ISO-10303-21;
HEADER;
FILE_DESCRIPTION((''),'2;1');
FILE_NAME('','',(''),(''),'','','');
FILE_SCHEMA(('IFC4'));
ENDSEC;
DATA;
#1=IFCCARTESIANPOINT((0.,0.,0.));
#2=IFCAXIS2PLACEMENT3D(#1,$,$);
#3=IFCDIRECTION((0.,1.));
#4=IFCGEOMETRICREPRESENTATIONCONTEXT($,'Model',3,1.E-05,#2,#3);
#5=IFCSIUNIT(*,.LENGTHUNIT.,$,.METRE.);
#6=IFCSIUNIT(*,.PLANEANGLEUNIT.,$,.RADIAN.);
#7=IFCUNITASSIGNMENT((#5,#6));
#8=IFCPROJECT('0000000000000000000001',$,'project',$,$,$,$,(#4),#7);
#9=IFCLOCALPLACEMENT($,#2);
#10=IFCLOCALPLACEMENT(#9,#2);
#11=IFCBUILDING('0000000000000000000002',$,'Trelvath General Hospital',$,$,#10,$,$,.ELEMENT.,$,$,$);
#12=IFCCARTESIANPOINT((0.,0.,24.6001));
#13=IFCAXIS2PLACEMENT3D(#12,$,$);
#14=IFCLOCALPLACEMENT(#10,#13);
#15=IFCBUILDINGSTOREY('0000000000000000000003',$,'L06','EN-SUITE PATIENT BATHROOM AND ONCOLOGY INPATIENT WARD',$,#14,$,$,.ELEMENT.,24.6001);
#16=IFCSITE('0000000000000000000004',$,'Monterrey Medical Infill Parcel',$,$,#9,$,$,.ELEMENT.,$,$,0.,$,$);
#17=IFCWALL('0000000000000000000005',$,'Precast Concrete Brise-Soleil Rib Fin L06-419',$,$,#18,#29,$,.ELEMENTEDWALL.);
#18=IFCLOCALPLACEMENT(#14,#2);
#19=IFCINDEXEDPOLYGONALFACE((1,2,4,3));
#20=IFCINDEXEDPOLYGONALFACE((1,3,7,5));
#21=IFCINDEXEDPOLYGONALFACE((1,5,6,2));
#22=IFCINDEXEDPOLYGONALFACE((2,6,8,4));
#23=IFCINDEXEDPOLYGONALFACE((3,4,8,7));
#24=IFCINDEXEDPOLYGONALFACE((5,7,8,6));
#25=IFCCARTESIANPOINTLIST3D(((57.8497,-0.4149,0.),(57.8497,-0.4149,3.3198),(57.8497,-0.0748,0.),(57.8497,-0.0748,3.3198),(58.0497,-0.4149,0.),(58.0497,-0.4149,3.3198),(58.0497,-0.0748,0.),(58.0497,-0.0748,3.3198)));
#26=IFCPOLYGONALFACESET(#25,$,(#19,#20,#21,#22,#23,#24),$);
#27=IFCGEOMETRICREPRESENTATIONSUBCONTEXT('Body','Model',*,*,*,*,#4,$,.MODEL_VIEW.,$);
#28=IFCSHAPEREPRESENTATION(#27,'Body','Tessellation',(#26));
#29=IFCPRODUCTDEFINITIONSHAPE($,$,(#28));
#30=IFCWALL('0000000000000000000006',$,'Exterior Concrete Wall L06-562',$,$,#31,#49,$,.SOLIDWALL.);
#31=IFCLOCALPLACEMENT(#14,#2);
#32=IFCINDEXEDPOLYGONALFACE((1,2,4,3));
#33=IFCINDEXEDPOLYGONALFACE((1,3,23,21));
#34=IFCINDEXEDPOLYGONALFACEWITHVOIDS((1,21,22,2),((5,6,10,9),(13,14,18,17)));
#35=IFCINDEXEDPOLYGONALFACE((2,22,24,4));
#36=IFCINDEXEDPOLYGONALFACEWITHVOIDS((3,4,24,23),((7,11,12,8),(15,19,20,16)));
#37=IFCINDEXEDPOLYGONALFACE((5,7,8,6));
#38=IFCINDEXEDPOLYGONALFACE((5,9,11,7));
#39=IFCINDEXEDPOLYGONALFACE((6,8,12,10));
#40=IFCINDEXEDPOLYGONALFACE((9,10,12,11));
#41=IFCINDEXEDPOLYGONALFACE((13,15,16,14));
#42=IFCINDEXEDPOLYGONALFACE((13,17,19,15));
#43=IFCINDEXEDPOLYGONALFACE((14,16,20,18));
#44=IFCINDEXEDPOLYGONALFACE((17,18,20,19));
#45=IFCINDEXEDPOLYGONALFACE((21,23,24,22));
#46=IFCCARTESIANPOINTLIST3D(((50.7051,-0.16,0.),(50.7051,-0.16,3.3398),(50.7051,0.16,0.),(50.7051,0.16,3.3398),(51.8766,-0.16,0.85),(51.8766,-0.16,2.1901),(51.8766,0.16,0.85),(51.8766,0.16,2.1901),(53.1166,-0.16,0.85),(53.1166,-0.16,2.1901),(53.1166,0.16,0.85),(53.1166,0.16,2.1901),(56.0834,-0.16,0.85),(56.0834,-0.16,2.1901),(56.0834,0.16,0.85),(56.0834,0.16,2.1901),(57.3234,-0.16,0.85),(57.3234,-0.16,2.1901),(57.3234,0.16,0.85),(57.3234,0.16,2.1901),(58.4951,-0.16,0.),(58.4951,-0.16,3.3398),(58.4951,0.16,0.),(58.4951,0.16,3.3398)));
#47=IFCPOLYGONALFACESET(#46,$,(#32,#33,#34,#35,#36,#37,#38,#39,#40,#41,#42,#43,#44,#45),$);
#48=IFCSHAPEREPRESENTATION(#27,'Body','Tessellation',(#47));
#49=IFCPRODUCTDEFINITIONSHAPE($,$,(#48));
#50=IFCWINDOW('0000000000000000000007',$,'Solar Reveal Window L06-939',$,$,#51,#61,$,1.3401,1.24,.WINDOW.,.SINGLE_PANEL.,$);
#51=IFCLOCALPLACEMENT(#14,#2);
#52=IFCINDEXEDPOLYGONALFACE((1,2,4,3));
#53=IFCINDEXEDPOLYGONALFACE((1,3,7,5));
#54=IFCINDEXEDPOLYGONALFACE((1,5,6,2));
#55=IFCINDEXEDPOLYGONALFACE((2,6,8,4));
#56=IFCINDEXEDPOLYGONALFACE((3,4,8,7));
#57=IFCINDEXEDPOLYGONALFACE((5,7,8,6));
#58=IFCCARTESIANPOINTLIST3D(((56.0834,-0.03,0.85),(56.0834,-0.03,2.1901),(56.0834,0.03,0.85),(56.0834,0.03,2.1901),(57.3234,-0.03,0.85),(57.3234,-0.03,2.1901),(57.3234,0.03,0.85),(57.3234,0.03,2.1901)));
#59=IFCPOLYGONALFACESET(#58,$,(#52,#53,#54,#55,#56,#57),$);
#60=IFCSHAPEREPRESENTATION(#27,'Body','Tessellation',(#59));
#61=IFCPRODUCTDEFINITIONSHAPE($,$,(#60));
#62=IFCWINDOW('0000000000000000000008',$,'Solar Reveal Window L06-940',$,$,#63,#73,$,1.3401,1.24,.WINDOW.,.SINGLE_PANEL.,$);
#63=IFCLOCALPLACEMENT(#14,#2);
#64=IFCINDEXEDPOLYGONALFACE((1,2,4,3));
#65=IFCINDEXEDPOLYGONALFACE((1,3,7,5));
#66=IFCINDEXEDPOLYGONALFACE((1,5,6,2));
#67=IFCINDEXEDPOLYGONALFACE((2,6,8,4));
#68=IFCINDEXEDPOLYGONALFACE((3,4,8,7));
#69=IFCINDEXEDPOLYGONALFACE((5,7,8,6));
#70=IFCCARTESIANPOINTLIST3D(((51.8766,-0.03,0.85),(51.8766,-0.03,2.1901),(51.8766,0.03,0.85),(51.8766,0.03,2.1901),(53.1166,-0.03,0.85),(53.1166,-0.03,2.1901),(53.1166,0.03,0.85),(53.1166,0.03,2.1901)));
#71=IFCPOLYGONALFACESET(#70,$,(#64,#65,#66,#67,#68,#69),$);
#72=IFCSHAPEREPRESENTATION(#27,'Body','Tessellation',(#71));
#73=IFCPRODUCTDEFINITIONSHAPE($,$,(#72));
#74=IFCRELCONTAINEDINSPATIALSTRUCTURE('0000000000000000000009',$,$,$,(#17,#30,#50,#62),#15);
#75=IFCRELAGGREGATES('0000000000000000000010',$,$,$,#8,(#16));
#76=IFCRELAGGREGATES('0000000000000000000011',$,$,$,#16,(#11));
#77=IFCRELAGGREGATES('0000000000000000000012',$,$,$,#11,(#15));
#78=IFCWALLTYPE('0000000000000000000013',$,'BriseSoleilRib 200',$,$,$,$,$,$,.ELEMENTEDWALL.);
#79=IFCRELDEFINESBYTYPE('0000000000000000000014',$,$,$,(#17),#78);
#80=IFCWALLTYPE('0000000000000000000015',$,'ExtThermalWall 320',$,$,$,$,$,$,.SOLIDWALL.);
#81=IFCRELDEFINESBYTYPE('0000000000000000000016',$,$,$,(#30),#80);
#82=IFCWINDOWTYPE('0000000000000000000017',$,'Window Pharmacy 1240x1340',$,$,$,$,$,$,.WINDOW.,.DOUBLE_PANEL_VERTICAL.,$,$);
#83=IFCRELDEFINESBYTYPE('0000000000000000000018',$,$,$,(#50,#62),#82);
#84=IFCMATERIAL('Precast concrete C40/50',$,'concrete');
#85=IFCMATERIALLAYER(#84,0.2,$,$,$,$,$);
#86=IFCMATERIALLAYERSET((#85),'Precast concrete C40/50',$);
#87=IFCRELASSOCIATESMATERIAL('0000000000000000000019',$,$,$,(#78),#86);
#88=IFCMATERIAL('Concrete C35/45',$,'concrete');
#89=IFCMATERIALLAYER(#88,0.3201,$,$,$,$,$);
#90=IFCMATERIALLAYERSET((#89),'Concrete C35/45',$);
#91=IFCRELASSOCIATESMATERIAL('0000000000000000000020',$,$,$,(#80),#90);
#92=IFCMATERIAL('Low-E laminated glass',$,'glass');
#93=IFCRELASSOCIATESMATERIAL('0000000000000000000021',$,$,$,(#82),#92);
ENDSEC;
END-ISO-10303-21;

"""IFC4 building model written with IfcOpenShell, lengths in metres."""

from ifc_helpers import new_model, si_unit, direction, frame, frame_2d, origin, place, context, subcontext, project, spatial, rectangle, extrude, material, layer, layer_set, type_object, element, fill, save


model = new_model("IFC4")

# Units and contexts
model_context = context("Model", 3, precision=1e-05, world=origin(), true_north=direction((0.0, 1.0)))
body_context = subcontext(model_context, "Body", "Model", "MODEL_VIEW")
ifc_project = project(units=[si_unit("LENGTHUNIT", "METRE"), si_unit("PLANEANGLEUNIT", "RADIAN")], contexts=[model_context])

# Site, building, storey
site_placement = place(None, origin())
site = spatial("IfcSite", under=ifc_project, at=site_placement, Name="Monterrey Medical Infill Parcel", CompositionType="ELEMENT", RefElevation=0.0)
building_placement = place(site_placement, origin())
building = spatial("IfcBuilding", under=site, at=building_placement, Name="Trelvath General Hospital", CompositionType="ELEMENT")
storey_placement = place(building_placement, frame((0.0, 0.0, 24.6001)))
storey = spatial("IfcBuildingStorey", under=building, at=storey_placement, Name="L06", Description="EN-SUITE PATIENT BATHROOM AND ONCOLOGY INPATIENT WARD", CompositionType="ELEMENT", Elevation=24.6001)

# Wall
ifc_material_1 = material(Name="Precast concrete C40/50", Category="concrete")
ifc_layer_1 = layer(ifc_material_1, 0.2)
ifc_layer_set_1 = layer_set([ifc_layer_1], Name="Precast concrete C40/50")
wall_type_1 = type_object("IfcWallType", Name="BriseSoleilRib 200", PredefinedType="ELEMENTEDWALL", material=ifc_layer_set_1)
wall_1_placement = place(storey_placement, frame((57.9497, -0.075, 0.0), z_axis=(0.0, 0.0, 1.0), x_axis=(0.0, -1.0, 0.0)))
element("IfcWall", 1, at=wall_1_placement, inside=storey, type_object=wall_type_1, Name="Precast Concrete Brise-Soleil Rib Fin L06-419", PredefinedType="ELEMENTEDWALL", context=body_context, shape_type="SweptSolid", body=[
    extrude(rectangle(XDim=0.3401, YDim=0.2, at=frame_2d((0.1699, 0.0))), origin(), (0.0, 0.0, 1.0), 3.3198),
])

# Wall, openings, windows
ifc_material_2 = material(Name="Concrete C35/45", Category="concrete")
ifc_layer_2 = layer(ifc_material_2, 0.3201)
ifc_layer_set_2 = layer_set([ifc_layer_2], Name="Concrete C35/45")
wall_type_2 = type_object("IfcWallType", Name="ExtThermalWall 320", PredefinedType="SOLIDWALL", material=ifc_layer_set_2)
wall_2_placement = place(storey_placement, frame((58.4951, 0.0, 0.0), z_axis=(0.0, 0.0, 1.0), x_axis=(-1.0, 0.0, 0.0)))
wall_2 = element("IfcWall", 2, at=wall_2_placement, inside=storey, type_object=wall_type_2, Name="Exterior Concrete Wall L06-562", PredefinedType="SOLIDWALL", context=body_context, shape_type="SweptSolid", body=[
    extrude(rectangle(XDim=7.79, YDim=0.3201, at=frame_2d((3.895, 0.0))), origin(), (0.0, 0.0, 1.0), 3.3398),
])
opening_1_placement = place(wall_2_placement, frame((1.1716, 0.0, 0.8501)))
opening_1 = element("IfcOpeningElement", 3, at=opening_1_placement, cuts=wall_2, PredefinedType="OPENING", context=body_context, shape_type="SweptSolid", body=[
    extrude(rectangle(XDim=1.24, YDim=1.3401, at=frame_2d((0.6201, 0.6699))), frame((0.0, 0.1699, 0.0), z_axis=(0.0, -1.0, 0.0), x_axis=(1.0, 0.0, 0.0)), (0.0, 0.0, 1.0), 0.3401),
])
opening_2_placement = place(wall_2_placement, frame((5.3784, 0.0, 0.8501)))
opening_2 = element("IfcOpeningElement", 4, at=opening_2_placement, cuts=wall_2, PredefinedType="OPENING", context=body_context, shape_type="SweptSolid", body=[
    extrude(rectangle(XDim=1.24, YDim=1.3401, at=frame_2d((0.6201, 0.6699))), frame((0.0, 0.1699, 0.0), z_axis=(0.0, -1.0, 0.0), x_axis=(1.0, 0.0, 0.0)), (0.0, 0.0, 1.0), 0.3401),
])
ifc_material_3 = material(Name="Low-E laminated glass", Category="glass")
window_type = type_object("IfcWindowType", Name="Window Pharmacy 1240x1340", PartitioningType="DOUBLE_PANEL_VERTICAL", PredefinedType="WINDOW", material=ifc_material_3)
window_1_placement = place(opening_1_placement, origin())
window_1 = element("IfcWindow", 5, at=window_1_placement, inside=storey, type_object=window_type, Name="Solar Reveal Window L06-939", OverallHeight=1.3401, OverallWidth=1.24, PartitioningType="SINGLE_PANEL", PredefinedType="WINDOW", context=body_context, shape_type="SweptSolid", body=[
    extrude(rectangle(XDim=1.24, YDim=1.3401, at=frame_2d((0.6201, 0.6699))), frame((0.0, 0.03, 0.0), z_axis=(0.0, -1.0, 0.0), x_axis=(1.0, 0.0, 0.0)), (0.0, 0.0, 1.0), 0.0601),
])
fill(opening_1, window_1)
window_2_placement = place(opening_2_placement, origin())
window_2 = element("IfcWindow", 6, at=window_2_placement, inside=storey, type_object=window_type, Name="Solar Reveal Window L06-940", OverallHeight=1.3401, OverallWidth=1.24, PartitioningType="SINGLE_PANEL", PredefinedType="WINDOW", context=body_context, shape_type="SweptSolid", body=[
    extrude(rectangle(XDim=1.24, YDim=1.3401, at=frame_2d((0.6201, 0.6699))), frame((0.0, 0.03, 0.0), z_axis=(0.0, -1.0, 0.0), x_axis=(1.0, 0.0, 0.0)), (0.0, 0.0, 1.0), 0.0601),
])
fill(opening_2, window_2)

save(model, "model.ifc")
